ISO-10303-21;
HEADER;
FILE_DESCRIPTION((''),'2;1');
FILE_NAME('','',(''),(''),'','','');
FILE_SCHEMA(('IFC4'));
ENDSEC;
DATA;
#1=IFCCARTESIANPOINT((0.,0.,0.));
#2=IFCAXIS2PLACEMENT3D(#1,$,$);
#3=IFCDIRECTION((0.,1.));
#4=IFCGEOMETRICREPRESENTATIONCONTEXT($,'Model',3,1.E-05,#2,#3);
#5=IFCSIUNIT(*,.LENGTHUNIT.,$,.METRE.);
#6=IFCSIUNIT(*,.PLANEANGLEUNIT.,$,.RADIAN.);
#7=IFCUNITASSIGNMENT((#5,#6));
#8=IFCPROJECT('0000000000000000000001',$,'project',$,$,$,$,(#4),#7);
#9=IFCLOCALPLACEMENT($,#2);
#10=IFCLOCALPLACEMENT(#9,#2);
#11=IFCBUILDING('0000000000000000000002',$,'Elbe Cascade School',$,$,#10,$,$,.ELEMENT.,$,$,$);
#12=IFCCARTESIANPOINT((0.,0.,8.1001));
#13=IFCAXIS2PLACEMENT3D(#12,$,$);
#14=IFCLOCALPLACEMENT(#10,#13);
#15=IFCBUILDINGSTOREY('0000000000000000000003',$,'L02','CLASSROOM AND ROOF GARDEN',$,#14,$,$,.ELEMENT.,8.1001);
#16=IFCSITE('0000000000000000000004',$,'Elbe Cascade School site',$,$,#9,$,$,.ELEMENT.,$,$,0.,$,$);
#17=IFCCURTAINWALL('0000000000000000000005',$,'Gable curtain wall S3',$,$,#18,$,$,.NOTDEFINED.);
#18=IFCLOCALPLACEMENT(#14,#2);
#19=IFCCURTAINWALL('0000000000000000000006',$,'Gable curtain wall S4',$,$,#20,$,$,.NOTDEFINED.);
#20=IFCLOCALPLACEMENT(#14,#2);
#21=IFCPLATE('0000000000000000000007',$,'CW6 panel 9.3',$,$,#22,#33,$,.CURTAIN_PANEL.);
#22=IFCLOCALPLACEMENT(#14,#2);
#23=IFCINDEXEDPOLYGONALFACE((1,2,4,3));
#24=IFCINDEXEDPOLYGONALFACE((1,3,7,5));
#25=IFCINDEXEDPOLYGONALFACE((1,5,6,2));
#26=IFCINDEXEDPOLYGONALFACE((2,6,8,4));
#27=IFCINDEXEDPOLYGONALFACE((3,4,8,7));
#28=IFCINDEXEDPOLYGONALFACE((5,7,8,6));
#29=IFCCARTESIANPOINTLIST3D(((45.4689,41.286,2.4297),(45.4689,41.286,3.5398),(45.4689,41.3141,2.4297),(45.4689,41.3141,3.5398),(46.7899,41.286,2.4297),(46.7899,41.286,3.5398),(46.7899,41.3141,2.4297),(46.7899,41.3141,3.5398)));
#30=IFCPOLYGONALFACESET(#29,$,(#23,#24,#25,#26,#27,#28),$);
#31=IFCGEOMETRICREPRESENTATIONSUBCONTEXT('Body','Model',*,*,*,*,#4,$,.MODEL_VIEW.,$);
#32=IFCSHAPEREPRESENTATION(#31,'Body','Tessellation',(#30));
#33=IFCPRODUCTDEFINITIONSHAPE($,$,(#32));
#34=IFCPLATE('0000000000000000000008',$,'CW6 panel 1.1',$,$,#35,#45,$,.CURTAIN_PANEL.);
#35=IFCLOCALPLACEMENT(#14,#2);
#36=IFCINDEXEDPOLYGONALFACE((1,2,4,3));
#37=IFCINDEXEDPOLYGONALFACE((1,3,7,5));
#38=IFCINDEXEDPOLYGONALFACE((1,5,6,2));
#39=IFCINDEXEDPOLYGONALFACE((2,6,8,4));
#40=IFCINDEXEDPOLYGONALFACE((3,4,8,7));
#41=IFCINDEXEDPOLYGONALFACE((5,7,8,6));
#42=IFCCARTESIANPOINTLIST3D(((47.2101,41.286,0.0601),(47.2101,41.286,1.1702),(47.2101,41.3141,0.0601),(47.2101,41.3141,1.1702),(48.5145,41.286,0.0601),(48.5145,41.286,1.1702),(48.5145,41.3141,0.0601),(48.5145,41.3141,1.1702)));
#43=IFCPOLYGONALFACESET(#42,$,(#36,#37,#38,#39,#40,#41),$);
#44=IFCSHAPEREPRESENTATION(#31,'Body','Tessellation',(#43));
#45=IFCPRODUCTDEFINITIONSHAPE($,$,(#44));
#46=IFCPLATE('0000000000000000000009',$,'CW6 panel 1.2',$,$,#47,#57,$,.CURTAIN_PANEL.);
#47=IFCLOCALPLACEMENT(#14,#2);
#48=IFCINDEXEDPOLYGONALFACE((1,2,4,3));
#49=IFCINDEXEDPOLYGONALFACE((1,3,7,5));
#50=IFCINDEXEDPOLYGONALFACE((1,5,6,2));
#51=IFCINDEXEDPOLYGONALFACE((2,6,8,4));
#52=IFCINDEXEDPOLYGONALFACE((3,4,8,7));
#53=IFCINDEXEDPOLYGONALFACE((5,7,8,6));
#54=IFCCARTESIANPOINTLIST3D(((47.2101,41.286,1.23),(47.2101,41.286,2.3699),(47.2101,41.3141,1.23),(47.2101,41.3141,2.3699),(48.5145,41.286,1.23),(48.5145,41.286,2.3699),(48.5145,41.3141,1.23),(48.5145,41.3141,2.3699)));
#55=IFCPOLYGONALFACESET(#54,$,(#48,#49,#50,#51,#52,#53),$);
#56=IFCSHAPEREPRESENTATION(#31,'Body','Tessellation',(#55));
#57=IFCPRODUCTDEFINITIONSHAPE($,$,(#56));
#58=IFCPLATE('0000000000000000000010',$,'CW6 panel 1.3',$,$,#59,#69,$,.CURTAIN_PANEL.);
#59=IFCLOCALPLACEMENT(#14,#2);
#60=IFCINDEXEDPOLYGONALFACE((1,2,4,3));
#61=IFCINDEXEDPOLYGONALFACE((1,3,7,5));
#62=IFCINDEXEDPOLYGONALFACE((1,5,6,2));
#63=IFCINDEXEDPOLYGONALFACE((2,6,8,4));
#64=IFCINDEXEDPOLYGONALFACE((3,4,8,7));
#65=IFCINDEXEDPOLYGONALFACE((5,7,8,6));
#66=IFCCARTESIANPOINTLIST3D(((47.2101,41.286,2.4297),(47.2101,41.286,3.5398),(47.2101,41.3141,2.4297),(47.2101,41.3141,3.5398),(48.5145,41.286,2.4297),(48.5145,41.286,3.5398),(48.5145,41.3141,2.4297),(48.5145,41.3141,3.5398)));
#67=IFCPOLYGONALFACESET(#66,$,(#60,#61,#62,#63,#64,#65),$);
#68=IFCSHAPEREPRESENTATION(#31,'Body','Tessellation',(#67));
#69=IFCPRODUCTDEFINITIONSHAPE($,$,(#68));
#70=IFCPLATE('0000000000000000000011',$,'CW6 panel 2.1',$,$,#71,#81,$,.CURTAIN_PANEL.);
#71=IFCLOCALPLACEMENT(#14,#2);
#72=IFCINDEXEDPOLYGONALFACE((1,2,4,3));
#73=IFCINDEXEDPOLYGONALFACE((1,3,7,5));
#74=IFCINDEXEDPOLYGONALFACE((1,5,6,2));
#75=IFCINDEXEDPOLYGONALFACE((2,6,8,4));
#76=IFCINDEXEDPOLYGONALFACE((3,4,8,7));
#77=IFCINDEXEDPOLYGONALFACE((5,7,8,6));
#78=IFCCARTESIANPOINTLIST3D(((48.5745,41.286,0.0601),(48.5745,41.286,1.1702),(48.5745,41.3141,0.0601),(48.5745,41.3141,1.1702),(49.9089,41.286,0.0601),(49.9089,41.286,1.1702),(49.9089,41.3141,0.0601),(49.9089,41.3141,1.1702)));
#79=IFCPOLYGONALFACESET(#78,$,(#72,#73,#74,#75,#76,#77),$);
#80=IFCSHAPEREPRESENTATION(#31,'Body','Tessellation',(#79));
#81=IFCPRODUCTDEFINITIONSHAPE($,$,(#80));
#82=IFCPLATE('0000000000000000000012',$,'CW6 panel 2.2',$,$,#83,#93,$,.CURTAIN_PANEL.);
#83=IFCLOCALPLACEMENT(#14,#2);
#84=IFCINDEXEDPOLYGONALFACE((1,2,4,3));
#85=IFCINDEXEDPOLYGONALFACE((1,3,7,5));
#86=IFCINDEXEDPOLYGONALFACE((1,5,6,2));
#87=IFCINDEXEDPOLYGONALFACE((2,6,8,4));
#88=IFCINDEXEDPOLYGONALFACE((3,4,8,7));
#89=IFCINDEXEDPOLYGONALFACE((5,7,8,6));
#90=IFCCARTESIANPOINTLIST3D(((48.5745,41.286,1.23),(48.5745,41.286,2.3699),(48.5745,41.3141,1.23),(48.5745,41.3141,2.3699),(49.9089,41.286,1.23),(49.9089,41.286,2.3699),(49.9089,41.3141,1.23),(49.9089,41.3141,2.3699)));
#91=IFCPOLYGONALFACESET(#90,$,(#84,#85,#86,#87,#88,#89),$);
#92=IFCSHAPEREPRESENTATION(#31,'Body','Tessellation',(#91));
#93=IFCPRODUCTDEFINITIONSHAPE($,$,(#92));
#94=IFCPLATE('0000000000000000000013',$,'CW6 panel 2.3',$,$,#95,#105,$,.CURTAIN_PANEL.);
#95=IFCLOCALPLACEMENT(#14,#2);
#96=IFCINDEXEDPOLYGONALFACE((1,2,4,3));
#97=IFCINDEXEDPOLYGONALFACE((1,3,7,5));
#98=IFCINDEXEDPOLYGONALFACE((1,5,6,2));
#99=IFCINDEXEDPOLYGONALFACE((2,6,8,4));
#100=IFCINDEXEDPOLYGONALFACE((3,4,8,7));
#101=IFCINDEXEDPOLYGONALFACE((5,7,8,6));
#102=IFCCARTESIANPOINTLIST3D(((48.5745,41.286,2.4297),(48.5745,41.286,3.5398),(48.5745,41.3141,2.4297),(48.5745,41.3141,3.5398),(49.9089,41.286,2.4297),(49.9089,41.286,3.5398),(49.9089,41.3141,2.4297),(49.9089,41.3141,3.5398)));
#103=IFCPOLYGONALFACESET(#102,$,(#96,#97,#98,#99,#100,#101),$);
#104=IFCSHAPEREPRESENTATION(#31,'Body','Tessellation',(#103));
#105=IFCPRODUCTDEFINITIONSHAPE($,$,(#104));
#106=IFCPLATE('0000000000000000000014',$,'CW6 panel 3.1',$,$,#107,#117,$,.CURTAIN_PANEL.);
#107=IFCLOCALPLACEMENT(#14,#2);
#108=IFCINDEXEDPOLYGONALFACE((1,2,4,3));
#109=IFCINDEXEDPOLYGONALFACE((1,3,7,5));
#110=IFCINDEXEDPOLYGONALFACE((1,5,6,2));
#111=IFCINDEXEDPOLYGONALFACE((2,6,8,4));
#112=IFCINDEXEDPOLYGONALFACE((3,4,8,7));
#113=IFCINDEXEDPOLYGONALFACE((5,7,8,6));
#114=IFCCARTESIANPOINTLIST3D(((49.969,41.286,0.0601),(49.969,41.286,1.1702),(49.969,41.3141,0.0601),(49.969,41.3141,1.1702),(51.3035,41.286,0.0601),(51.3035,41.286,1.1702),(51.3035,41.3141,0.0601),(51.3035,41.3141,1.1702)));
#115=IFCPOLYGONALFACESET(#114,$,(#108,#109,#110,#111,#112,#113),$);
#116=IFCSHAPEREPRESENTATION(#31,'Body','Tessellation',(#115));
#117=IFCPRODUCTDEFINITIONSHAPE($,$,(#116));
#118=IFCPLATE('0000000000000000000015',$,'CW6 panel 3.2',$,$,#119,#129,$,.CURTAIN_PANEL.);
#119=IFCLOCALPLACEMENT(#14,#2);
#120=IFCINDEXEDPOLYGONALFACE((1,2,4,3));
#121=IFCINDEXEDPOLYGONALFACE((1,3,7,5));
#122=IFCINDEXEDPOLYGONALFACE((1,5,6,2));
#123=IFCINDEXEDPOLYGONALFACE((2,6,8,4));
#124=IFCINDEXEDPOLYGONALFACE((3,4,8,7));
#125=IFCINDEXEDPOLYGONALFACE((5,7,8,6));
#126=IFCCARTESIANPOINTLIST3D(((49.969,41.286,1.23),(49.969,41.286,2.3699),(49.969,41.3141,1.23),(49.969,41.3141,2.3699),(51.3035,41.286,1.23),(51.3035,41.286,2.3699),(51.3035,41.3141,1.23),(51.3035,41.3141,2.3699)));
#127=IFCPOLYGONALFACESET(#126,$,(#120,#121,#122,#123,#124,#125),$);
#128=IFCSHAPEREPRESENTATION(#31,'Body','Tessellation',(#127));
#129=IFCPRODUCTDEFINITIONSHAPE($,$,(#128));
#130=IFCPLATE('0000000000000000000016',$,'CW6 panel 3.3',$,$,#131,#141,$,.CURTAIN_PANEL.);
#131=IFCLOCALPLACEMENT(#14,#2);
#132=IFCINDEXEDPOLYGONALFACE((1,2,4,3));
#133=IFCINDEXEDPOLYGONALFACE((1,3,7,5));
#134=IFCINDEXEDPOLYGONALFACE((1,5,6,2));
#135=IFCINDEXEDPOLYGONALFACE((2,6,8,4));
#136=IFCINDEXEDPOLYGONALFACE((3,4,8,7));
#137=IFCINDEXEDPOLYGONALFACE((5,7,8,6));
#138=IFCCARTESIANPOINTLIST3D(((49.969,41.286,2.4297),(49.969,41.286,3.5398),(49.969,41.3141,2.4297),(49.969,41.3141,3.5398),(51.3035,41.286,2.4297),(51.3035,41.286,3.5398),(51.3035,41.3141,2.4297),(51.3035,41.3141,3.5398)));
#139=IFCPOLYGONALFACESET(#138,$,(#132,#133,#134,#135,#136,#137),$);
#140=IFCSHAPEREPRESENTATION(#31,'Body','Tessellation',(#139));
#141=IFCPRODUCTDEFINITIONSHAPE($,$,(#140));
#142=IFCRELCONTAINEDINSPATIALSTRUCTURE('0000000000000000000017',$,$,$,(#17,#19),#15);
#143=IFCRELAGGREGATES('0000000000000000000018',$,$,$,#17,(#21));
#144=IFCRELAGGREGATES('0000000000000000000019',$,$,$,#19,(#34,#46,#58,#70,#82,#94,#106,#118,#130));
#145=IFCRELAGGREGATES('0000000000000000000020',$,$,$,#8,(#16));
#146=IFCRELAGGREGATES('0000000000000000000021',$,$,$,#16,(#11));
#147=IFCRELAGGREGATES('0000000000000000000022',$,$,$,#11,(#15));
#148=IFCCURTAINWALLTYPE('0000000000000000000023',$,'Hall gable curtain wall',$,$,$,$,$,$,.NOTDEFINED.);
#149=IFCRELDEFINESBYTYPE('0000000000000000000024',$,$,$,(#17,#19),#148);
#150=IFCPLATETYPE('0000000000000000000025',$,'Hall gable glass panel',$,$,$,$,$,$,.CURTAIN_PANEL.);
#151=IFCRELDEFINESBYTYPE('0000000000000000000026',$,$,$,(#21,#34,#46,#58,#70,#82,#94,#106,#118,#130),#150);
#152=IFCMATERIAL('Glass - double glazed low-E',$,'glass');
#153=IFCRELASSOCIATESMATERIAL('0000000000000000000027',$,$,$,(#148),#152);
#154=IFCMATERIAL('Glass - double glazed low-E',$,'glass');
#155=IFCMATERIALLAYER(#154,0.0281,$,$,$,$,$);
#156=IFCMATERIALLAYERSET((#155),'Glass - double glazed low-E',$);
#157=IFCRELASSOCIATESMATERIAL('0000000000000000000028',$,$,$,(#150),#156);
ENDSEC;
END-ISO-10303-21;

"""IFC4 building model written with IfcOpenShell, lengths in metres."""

from ifc_helpers import new_model, si_unit, direction, frame, origin, origin_2d, place, context, subcontext, project, spatial, rectangle, extrude, material, layer, layer_set, type_object, element, aggregate, save


model = new_model("IFC4")

# Units and contexts
model_context = context("Model", 3, precision=1e-05, world=origin(), true_north=direction((0.0, 1.0)))
body_context = subcontext(model_context, "Body", "Model", "MODEL_VIEW")
ifc_project = project(units=[si_unit("LENGTHUNIT", "METRE"), si_unit("PLANEANGLEUNIT", "RADIAN")], contexts=[model_context])

# Site, building, storey
site_placement = place(None, origin())
site = spatial("IfcSite", under=ifc_project, at=site_placement, Name="Elbe Cascade School site", CompositionType="ELEMENT", RefElevation=0.0)
building_placement = place(site_placement, origin())
building = spatial("IfcBuilding", under=site, at=building_placement, Name="Elbe Cascade School", CompositionType="ELEMENT")
storey_placement = place(building_placement, frame((0.0, 0.0, 8.1001)))
storey = spatial("IfcBuildingStorey", under=building, at=storey_placement, Name="L02", Description="CLASSROOM AND ROOF GARDEN", CompositionType="ELEMENT", Elevation=8.1001)

# Curtain wall
ifc_material_1 = material(Name="Glass - double glazed low-E", Category="glass")
curtain_wall_type = type_object("IfcCurtainWallType", Name="Hall gable curtain wall", PredefinedType="NOTDEFINED", material=ifc_material_1)
curtain_wall_1_placement = place(storey_placement, origin())
curtain_wall_1 = element("IfcCurtainWall", 1, at=curtain_wall_1_placement, inside=storey, type_object=curtain_wall_type, Name="Gable curtain wall S3", PredefinedType="NOTDEFINED")

# Curtain wall
curtain_wall_2_placement = place(storey_placement, origin())
curtain_wall_2 = element("IfcCurtainWall", 2, at=curtain_wall_2_placement, inside=storey, type_object=curtain_wall_type, Name="Gable curtain wall S4", PredefinedType="NOTDEFINED")

# Plates
ifc_material_2 = material(Name="Glass - double glazed low-E", Category="glass")
ifc_layer = layer(ifc_material_2, 0.0281)
ifc_layer_set = layer_set([ifc_layer], Name="Glass - double glazed low-E")
plate_type = type_object("IfcPlateType", Name="Hall gable glass panel", PredefinedType="CURTAIN_PANEL", material=ifc_layer_set)
plate_1_placement = place(storey_placement, frame((46.1294, 41.3, 2.4297), z_axis=(0.0, 0.0, 1.0), x_axis=(1.0, 0.0, 0.0)))
plate_1 = element("IfcPlate", 3, at=plate_1_placement, type_object=plate_type, Name="CW6 panel 9.3", PredefinedType="CURTAIN_PANEL", context=body_context, shape_type="SweptSolid", body=[
    extrude(rectangle(XDim=1.321, YDim=0.0281, at=origin_2d()), origin(), (0.0, 0.0, 1.0), 1.1101),
])
aggregate(curtain_wall_1, [plate_1])
plate_2_placement = place(storey_placement, frame((47.8623, 41.3, 0.0601), z_axis=(0.0, 0.0, 1.0), x_axis=(1.0, 0.0, 0.0)))
plate_2 = element("IfcPlate", 4, at=plate_2_placement, type_object=plate_type, Name="CW6 panel 1.1", PredefinedType="CURTAIN_PANEL", context=body_context, shape_type="SweptSolid", body=[
    extrude(rectangle(XDim=1.3044, YDim=0.0281, at=origin_2d()), origin(), (0.0, 0.0, 1.0), 1.1101),
])
plate_3_placement = place(storey_placement, frame((47.8623, 41.3, 1.23), z_axis=(0.0, 0.0, 1.0), x_axis=(1.0, 0.0, 0.0)))
plate_3 = element("IfcPlate", 5, at=plate_3_placement, type_object=plate_type, Name="CW6 panel 1.2", PredefinedType="CURTAIN_PANEL", context=body_context, shape_type="SweptSolid", body=[
    extrude(rectangle(XDim=1.3044, YDim=0.0281, at=origin_2d()), origin(), (0.0, 0.0, 1.0), 1.1399),
])
plate_4_placement = place(storey_placement, frame((47.8623, 41.3, 2.4297), z_axis=(0.0, 0.0, 1.0), x_axis=(1.0, 0.0, 0.0)))
plate_4 = element("IfcPlate", 6, at=plate_4_placement, type_object=plate_type, Name="CW6 panel 1.3", PredefinedType="CURTAIN_PANEL", context=body_context, shape_type="SweptSolid", body=[
    extrude(rectangle(XDim=1.3044, YDim=0.0281, at=origin_2d()), origin(), (0.0, 0.0, 1.0), 1.1101),
])
plate_5_placement = place(storey_placement, frame((49.2417, 41.3, 0.0601), z_axis=(0.0, 0.0, 1.0), x_axis=(1.0, 0.0, 0.0)))
plate_5 = element("IfcPlate", 7, at=plate_5_placement, type_object=plate_type, Name="CW6 panel 2.1", PredefinedType="CURTAIN_PANEL", context=body_context, shape_type="SweptSolid", body=[
    extrude(rectangle(XDim=1.3345, YDim=0.0281, at=origin_2d()), origin(), (0.0, 0.0, 1.0), 1.1101),
])
plate_6_placement = place(storey_placement, frame((49.2417, 41.3, 1.23), z_axis=(0.0, 0.0, 1.0), x_axis=(1.0, 0.0, 0.0)))
plate_6 = element("IfcPlate", 8, at=plate_6_placement, type_object=plate_type, Name="CW6 panel 2.2", PredefinedType="CURTAIN_PANEL", context=body_context, shape_type="SweptSolid", body=[
    extrude(rectangle(XDim=1.3345, YDim=0.0281, at=origin_2d()), origin(), (0.0, 0.0, 1.0), 1.1399),
])
plate_7_placement = place(storey_placement, frame((49.2417, 41.3, 2.4297), z_axis=(0.0, 0.0, 1.0), x_axis=(1.0, 0.0, 0.0)))
plate_7 = element("IfcPlate", 9, at=plate_7_placement, type_object=plate_type, Name="CW6 panel 2.3", PredefinedType="CURTAIN_PANEL", context=body_context, shape_type="SweptSolid", body=[
    extrude(rectangle(XDim=1.3345, YDim=0.0281, at=origin_2d()), origin(), (0.0, 0.0, 1.0), 1.1101),
])
plate_8_placement = place(storey_placement, frame((50.6362, 41.3, 0.0601), z_axis=(0.0, 0.0, 1.0), x_axis=(1.0, 0.0, 0.0)))
plate_8 = element("IfcPlate", 10, at=plate_8_placement, type_object=plate_type, Name="CW6 panel 3.1", PredefinedType="CURTAIN_PANEL", context=body_context, shape_type="SweptSolid", body=[
    extrude(rectangle(XDim=1.3345, YDim=0.0281, at=origin_2d()), origin(), (0.0, 0.0, 1.0), 1.1101),
])
plate_9_placement = place(storey_placement, frame((50.6362, 41.3, 1.23), z_axis=(0.0, 0.0, 1.0), x_axis=(1.0, 0.0, 0.0)))
plate_9 = element("IfcPlate", 11, at=plate_9_placement, type_object=plate_type, Name="CW6 panel 3.2", PredefinedType="CURTAIN_PANEL", context=body_context, shape_type="SweptSolid", body=[
    extrude(rectangle(XDim=1.3345, YDim=0.0281, at=origin_2d()), origin(), (0.0, 0.0, 1.0), 1.1399),
])
plate_10_placement = place(storey_placement, frame((50.6362, 41.3, 2.4297), z_axis=(0.0, 0.0, 1.0), x_axis=(1.0, 0.0, 0.0)))
plate_10 = element("IfcPlate", 12, at=plate_10_placement, type_object=plate_type, Name="CW6 panel 3.3", PredefinedType="CURTAIN_PANEL", context=body_context, shape_type="SweptSolid", body=[
    extrude(rectangle(XDim=1.3345, YDim=0.0281, at=origin_2d()), origin(), (0.0, 0.0, 1.0), 1.1101),
])
aggregate(curtain_wall_2, [plate_2, plate_3, plate_4, plate_5, plate_6, plate_7, plate_8, plate_9, plate_10])

save(model, "model.ifc")
